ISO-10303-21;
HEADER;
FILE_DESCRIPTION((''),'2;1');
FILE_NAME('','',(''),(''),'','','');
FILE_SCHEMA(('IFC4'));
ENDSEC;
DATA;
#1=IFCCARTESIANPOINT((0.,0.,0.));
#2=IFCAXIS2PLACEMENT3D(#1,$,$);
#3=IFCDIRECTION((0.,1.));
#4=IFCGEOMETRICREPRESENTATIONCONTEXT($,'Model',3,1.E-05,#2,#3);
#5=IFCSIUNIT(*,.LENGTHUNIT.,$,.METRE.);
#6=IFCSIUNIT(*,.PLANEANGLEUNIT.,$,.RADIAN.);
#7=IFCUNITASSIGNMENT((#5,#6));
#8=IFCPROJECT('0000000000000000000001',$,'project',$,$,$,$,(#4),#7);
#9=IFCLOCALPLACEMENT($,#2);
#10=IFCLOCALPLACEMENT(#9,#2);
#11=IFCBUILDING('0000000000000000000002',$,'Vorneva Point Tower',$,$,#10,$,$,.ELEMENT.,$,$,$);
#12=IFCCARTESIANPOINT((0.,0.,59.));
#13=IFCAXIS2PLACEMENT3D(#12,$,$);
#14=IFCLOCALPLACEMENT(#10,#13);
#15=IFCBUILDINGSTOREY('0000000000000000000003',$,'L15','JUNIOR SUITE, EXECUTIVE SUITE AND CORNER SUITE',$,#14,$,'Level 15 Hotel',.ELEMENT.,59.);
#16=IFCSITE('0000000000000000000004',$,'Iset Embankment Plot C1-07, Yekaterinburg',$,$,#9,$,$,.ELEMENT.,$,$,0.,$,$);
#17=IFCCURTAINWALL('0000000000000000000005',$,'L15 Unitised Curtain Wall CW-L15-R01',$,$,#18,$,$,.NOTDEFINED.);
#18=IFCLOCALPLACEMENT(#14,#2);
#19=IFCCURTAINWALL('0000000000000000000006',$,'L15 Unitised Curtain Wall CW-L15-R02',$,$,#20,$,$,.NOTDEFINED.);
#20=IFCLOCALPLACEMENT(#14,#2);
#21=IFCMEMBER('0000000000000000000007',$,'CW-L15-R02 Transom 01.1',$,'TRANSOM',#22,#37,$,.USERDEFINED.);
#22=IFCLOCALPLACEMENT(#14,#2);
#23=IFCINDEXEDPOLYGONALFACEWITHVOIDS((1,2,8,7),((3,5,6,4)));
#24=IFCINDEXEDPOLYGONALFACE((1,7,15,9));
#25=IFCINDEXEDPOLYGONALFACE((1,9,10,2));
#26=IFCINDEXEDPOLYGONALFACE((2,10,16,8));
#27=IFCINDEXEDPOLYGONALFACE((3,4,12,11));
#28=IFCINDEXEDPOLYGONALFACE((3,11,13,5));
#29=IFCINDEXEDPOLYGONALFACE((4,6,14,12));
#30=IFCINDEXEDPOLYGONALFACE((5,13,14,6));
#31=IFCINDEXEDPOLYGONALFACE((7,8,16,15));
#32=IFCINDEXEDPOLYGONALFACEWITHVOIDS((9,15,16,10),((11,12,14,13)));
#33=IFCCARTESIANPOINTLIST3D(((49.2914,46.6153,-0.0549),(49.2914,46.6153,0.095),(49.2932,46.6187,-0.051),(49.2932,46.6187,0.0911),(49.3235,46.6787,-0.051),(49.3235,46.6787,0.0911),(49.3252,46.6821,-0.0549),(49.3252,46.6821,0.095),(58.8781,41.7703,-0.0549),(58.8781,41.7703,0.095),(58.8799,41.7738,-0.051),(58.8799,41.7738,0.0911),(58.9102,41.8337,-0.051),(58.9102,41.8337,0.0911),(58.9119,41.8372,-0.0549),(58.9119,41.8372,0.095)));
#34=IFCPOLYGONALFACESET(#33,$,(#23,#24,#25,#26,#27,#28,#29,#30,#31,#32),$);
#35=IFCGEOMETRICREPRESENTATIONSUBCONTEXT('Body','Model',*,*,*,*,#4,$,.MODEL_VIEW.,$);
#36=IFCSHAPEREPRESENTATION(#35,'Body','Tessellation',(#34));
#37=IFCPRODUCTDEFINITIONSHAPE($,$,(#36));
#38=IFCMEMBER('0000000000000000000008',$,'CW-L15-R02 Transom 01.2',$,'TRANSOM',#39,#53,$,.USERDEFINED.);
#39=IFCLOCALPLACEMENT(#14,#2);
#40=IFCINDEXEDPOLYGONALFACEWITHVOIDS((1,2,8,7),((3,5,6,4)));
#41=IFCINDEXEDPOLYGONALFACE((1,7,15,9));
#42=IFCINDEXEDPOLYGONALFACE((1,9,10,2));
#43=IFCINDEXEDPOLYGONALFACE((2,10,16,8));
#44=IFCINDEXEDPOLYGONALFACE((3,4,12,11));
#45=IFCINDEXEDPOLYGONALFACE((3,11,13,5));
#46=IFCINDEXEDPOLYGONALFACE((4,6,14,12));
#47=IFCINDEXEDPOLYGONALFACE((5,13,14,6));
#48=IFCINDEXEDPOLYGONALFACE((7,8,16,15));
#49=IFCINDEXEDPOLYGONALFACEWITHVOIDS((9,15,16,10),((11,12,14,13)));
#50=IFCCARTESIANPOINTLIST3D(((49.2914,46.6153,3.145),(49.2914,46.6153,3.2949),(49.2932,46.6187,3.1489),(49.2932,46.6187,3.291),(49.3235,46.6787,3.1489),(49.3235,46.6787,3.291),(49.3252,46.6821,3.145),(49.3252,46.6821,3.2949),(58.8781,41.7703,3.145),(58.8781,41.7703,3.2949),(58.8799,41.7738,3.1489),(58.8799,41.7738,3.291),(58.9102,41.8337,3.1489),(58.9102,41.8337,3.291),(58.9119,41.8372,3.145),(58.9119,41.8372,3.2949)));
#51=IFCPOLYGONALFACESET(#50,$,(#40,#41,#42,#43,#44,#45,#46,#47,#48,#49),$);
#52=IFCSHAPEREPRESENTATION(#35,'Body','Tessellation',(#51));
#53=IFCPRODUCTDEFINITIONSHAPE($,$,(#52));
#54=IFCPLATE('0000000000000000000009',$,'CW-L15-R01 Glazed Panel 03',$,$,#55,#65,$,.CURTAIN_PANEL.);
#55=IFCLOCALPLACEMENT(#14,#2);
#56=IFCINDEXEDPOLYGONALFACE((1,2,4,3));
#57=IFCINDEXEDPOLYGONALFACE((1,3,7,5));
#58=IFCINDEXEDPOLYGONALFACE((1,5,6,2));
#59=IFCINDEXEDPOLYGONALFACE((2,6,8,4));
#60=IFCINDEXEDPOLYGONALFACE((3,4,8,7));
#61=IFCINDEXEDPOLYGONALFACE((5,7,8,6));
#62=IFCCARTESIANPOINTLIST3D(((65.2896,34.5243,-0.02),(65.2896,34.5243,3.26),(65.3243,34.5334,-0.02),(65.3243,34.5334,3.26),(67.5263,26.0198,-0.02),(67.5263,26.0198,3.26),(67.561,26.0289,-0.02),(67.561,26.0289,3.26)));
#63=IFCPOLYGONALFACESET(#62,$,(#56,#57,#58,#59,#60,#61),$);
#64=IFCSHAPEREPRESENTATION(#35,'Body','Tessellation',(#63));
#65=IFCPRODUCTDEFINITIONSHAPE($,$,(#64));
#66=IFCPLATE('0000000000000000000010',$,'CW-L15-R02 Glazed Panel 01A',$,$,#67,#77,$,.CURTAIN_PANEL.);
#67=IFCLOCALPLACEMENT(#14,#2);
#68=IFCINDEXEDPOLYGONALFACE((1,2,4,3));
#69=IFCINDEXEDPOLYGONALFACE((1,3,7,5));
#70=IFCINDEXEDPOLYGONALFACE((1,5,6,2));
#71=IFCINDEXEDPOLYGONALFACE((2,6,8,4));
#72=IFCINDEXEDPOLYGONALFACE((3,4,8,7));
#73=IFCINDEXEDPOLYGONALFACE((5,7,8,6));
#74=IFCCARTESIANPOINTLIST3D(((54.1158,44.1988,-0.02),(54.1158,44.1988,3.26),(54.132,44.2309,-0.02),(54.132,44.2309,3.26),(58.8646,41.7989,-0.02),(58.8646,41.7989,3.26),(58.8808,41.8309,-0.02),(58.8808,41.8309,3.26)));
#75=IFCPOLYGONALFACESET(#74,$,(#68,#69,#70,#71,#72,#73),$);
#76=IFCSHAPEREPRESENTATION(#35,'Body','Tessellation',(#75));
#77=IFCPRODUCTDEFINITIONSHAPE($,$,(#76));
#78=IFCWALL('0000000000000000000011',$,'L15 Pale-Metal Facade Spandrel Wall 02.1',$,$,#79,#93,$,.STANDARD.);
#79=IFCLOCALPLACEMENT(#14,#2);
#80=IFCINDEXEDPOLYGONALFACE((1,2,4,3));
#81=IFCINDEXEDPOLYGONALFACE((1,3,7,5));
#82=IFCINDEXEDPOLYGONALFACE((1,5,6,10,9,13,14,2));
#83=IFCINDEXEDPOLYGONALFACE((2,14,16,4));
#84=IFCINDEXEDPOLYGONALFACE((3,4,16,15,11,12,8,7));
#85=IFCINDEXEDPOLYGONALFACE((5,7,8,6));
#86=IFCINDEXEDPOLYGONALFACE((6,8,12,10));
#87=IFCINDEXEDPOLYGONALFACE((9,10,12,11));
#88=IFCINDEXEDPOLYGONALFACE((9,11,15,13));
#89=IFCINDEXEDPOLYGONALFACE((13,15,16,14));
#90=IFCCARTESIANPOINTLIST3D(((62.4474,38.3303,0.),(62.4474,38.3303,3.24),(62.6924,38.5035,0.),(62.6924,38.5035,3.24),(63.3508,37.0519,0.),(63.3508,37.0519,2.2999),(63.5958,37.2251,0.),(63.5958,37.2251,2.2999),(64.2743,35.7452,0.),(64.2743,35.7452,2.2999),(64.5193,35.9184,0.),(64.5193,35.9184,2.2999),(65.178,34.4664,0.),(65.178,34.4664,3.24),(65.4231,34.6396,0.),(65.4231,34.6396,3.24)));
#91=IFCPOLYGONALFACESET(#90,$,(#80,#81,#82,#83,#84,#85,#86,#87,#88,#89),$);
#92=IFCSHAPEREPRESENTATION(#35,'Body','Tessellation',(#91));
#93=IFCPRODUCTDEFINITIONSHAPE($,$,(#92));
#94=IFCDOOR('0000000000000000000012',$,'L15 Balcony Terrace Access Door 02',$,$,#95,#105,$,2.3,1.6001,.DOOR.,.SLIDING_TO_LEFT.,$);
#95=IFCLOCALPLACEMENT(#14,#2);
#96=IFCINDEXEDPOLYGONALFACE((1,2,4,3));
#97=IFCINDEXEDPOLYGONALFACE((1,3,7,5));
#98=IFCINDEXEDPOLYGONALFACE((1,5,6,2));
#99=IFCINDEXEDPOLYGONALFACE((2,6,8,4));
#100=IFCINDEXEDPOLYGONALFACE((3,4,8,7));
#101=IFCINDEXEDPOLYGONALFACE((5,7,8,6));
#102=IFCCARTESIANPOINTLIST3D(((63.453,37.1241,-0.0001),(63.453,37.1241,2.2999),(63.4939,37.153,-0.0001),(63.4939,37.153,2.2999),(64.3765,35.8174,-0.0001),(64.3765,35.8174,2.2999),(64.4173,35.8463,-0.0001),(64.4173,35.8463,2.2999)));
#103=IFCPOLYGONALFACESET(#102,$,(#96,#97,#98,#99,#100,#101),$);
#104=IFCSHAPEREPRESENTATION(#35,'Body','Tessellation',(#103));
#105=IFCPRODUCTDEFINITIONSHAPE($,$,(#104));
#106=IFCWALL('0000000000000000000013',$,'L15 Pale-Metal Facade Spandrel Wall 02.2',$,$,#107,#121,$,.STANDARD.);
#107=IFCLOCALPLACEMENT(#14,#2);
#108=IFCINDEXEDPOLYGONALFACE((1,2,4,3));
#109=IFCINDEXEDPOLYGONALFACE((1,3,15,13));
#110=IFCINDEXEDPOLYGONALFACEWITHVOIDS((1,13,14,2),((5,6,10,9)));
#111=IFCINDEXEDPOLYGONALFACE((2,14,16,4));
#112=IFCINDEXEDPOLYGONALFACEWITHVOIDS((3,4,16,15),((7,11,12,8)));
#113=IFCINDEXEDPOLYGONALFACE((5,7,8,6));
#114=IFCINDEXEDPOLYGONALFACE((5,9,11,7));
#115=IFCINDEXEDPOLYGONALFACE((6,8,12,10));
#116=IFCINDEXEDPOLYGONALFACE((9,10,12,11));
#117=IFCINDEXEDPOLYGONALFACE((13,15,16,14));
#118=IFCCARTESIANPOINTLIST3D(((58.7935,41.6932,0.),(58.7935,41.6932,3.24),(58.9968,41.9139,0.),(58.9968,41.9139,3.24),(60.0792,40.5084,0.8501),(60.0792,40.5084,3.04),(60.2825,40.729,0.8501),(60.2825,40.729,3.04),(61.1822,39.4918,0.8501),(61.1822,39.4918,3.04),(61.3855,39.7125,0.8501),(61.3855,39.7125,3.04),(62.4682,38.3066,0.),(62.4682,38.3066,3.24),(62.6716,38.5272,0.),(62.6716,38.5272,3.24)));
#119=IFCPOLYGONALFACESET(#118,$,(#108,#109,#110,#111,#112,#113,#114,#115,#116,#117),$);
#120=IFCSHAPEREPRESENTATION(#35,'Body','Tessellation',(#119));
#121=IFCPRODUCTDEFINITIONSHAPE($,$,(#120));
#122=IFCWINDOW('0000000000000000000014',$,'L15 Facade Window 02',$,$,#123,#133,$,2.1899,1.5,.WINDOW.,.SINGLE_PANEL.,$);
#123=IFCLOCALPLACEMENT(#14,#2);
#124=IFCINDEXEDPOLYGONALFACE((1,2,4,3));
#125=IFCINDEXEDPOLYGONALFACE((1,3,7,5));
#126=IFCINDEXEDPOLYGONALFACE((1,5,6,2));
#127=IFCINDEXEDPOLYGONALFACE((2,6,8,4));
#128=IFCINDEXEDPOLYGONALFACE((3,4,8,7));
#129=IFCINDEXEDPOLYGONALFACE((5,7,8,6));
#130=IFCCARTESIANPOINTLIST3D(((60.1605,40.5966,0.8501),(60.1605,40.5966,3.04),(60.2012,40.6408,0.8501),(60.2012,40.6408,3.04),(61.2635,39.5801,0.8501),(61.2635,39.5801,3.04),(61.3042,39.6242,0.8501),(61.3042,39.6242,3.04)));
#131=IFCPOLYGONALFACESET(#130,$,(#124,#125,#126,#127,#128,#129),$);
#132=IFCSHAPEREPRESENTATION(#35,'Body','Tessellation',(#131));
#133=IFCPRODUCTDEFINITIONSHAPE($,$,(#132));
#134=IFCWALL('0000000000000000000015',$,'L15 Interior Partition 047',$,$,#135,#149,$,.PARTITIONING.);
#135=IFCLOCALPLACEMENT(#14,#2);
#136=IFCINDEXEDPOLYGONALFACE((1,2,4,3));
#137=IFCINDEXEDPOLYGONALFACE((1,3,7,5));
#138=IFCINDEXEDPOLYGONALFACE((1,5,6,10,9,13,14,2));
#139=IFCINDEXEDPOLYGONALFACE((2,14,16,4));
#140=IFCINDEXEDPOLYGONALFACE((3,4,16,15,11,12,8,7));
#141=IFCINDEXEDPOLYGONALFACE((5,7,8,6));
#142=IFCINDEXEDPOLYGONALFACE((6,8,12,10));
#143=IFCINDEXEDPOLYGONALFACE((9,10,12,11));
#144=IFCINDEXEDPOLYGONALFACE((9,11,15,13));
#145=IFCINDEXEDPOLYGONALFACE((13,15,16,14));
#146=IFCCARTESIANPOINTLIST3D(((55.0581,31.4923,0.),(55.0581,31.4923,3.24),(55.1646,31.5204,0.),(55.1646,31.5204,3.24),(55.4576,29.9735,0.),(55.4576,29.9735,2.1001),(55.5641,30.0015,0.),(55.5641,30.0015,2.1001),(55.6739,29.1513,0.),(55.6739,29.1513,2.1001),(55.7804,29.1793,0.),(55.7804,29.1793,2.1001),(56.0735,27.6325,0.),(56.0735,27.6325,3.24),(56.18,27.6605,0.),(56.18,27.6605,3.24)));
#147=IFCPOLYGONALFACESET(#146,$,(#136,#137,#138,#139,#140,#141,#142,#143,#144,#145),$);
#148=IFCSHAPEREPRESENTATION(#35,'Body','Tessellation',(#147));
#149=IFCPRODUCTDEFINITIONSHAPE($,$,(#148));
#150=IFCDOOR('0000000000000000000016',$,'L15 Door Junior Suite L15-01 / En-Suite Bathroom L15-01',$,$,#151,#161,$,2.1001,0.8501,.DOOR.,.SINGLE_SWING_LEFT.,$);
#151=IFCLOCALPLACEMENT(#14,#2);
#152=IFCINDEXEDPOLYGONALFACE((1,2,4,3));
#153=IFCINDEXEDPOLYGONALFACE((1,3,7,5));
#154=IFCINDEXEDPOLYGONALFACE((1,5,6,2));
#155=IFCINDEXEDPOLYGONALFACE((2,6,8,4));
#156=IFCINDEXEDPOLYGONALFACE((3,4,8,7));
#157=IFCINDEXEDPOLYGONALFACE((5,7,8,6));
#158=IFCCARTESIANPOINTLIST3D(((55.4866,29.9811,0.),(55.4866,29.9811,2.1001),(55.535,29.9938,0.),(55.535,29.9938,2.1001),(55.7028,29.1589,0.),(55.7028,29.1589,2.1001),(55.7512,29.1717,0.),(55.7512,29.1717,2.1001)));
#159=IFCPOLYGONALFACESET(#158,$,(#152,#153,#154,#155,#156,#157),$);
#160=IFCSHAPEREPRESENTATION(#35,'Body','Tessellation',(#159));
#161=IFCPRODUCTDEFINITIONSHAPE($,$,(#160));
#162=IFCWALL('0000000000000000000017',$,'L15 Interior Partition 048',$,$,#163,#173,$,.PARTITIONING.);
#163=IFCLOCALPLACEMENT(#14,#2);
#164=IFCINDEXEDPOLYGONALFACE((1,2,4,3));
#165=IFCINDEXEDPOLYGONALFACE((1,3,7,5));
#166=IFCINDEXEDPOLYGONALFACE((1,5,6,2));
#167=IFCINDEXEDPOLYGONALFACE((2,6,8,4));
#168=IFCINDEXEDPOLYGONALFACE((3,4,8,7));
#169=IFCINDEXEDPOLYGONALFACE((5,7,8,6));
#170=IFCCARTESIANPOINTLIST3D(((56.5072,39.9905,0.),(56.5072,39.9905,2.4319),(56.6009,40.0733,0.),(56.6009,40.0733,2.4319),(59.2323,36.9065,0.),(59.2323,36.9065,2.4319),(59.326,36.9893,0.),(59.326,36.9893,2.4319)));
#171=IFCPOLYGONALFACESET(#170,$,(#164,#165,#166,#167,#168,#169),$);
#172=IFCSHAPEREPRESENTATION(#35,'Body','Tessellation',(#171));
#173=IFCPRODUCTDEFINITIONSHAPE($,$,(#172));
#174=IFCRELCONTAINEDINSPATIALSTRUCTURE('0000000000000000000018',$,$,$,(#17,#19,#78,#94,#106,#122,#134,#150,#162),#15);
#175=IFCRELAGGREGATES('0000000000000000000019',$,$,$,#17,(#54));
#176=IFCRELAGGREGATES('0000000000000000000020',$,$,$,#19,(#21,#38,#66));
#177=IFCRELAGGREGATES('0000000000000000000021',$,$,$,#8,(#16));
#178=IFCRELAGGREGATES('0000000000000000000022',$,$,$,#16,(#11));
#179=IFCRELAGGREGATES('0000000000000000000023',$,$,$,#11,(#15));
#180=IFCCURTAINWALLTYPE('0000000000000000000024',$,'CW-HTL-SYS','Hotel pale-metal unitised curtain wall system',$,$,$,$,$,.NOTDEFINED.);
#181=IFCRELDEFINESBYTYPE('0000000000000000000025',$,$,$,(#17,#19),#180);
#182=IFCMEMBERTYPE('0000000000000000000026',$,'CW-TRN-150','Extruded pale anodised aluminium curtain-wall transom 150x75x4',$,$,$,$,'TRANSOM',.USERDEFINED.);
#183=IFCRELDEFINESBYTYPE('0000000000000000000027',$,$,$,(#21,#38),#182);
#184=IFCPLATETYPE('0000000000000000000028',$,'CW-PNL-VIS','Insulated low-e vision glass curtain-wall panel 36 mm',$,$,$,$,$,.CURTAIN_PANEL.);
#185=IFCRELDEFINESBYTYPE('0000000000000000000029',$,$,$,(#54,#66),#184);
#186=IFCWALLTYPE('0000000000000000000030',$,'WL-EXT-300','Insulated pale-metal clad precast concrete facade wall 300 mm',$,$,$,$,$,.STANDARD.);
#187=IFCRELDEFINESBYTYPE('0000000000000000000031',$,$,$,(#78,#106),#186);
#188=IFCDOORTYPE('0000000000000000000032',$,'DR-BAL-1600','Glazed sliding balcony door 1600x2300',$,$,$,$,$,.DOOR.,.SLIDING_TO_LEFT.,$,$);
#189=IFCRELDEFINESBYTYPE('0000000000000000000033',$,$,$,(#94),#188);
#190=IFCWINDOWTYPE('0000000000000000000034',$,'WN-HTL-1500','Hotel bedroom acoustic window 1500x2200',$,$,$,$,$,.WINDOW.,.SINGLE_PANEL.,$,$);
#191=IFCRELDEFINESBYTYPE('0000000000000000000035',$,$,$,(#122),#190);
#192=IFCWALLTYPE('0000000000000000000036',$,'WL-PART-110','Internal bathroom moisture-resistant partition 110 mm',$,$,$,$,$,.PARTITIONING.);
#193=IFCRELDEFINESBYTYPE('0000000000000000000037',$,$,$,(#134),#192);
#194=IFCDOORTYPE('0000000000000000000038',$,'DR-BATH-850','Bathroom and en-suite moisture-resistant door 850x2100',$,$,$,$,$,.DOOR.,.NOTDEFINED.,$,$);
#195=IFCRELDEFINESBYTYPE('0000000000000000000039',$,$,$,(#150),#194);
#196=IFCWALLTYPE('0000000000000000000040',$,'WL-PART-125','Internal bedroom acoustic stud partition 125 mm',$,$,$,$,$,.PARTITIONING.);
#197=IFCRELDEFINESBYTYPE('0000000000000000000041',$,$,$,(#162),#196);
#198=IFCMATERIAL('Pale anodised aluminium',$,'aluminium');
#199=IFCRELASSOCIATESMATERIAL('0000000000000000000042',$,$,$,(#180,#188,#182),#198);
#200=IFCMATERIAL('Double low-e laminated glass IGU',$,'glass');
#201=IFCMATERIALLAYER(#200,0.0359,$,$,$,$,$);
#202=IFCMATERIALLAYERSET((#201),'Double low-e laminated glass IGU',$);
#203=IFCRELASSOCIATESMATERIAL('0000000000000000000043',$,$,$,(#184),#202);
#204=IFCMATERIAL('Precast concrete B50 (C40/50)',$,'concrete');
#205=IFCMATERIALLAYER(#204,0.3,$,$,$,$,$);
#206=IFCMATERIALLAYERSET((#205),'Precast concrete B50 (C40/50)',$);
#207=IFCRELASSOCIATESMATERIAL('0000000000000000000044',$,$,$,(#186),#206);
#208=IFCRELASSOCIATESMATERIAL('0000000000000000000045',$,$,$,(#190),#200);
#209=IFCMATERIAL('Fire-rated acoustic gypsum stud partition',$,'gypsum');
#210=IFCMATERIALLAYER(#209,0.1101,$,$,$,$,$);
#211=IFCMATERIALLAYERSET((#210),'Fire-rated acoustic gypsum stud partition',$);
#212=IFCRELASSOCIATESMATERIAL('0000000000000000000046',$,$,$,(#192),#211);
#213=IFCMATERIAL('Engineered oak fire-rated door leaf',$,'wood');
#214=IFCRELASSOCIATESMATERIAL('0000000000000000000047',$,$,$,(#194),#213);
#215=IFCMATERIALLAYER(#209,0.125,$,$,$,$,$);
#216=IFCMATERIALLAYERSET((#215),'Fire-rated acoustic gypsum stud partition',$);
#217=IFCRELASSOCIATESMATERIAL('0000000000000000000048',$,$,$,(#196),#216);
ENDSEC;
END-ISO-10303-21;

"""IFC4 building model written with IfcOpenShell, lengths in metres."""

from ifc_helpers import new_model, si_unit, direction, frame, frame_2d, origin, origin_2d, place, context, subcontext, project, spatial, rectangle, hollow_rectangle, extrude, material, layer, layer_set, material_profile, profile_set, type_object, element, fill, aggregate, save


model = new_model("IFC4")

# Units and contexts
model_context = context("Model", 3, precision=1e-05, world=origin(), true_north=direction((0.0, 1.0)))
body_context = subcontext(model_context, "Body", "Model", "MODEL_VIEW")
ifc_project = project(units=[si_unit("LENGTHUNIT", "METRE"), si_unit("PLANEANGLEUNIT", "RADIAN")], contexts=[model_context])

# Site, building, storey
site_placement = place(None, origin())
site = spatial("IfcSite", under=ifc_project, at=site_placement, Name="Iset Embankment Plot C1-07, Yekaterinburg", CompositionType="ELEMENT", RefElevation=0.0)
building_placement = place(site_placement, origin())
building = spatial("IfcBuilding", under=site, at=building_placement, Name="Vorneva Point Tower", CompositionType="ELEMENT")
storey_placement = place(building_placement, frame((0.0, 0.0, 59.0)))
storey = spatial("IfcBuildingStorey", under=building, at=storey_placement, Name="L15", Description="JUNIOR SUITE, EXECUTIVE SUITE AND CORNER SUITE", LongName="Level 15 Hotel", CompositionType="ELEMENT", Elevation=59.0)

# Curtain wall
ifc_material_1 = material(Name="Pale anodised aluminium", Category="aluminium")
curtain_wall_type = type_object("IfcCurtainWallType", Name="CW-HTL-SYS", Description="Hotel pale-metal unitised curtain wall system", PredefinedType="NOTDEFINED", material=ifc_material_1)
curtain_wall_1_placement = place(storey_placement, origin())
curtain_wall_1 = element("IfcCurtainWall", 1, at=curtain_wall_1_placement, inside=storey, type_object=curtain_wall_type, Name="L15 Unitised Curtain Wall CW-L15-R01", PredefinedType="NOTDEFINED")

# Curtain wall, members
curtain_wall_2_placement = place(storey_placement, origin())
curtain_wall_2 = element("IfcCurtainWall", 2, at=curtain_wall_2_placement, inside=storey, type_object=curtain_wall_type, Name="L15 Unitised Curtain Wall CW-L15-R02", PredefinedType="NOTDEFINED")
ifc_material_profile_1 = material_profile(ifc_material_1, hollow_rectangle(XDim=0.075, YDim=0.1499, WallThickness=0.0039, at=origin_2d()), Name="AL-TRN 150x75x4")
ifc_profile_set_1 = profile_set([ifc_material_profile_1], Name="Pale anodised aluminium")
member_type_1 = type_object("IfcMemberType", Name="CW-TRN-150", Description="Extruded pale anodised aluminium curtain-wall transom 150x75x4", ElementType="TRANSOM", PredefinedType="USERDEFINED", material=ifc_profile_set_1)
member_1_placement = place(storey_placement, frame((58.895, 41.8037, 0.02), z_axis=(-0.892496, 0.451055, 0.0), x_axis=(-0.451055, -0.892496, 0.0)))
member_1 = element("IfcMember", 3, at=member_1_placement, type_object=member_type_1, Name="CW-L15-R02 Transom 01.1", ObjectType="TRANSOM", PredefinedType="USERDEFINED", context=body_context, shape_type="SweptSolid", body=[
    extrude(hollow_rectangle(XDim=0.075, YDim=0.1499, WallThickness=0.0039, at=origin_2d()), origin(), (0.0, 0.0, 1.0), 10.7415),
])
member_2_placement = place(storey_placement, frame((58.895, 41.8037, 3.22), z_axis=(-0.892496, 0.451055, 0.0), x_axis=(-0.451055, -0.892496, 0.0)))
member_2 = element("IfcMember", 4, at=member_2_placement, type_object=member_type_1, Name="CW-L15-R02 Transom 01.2", ObjectType="TRANSOM", PredefinedType="USERDEFINED", context=body_context, shape_type="SweptSolid", body=[
    extrude(hollow_rectangle(XDim=0.075, YDim=0.1499, WallThickness=0.0039, at=origin_2d()), origin(), (0.0, 0.0, 1.0), 10.7415),
])

# Plates
ifc_material_2 = material(Name="Double low-e laminated glass IGU", Category="glass")
ifc_layer_1 = layer(ifc_material_2, 0.0359)
ifc_layer_set_1 = layer_set([ifc_layer_1], Name="Double low-e laminated glass IGU")
plate_type = type_object("IfcPlateType", Name="CW-PNL-VIS", Description="Insulated low-e vision glass curtain-wall panel 36 mm", PredefinedType="CURTAIN_PANEL", material=ifc_layer_set_1)
plate_1_placement = place(storey_placement, frame((66.4253, 30.2766, -0.02), z_axis=(0.0, 0.0, 1.0), x_axis=(-0.254349, 0.967113, 0.0)))
plate_1 = element("IfcPlate", 5, at=plate_1_placement, type_object=plate_type, Name="CW-L15-R01 Glazed Panel 03", PredefinedType="CURTAIN_PANEL", context=body_context, shape_type="SweptSolid", body=[
    extrude(rectangle(XDim=8.7937, YDim=0.0359, at=origin_2d()), origin(), (0.0, 0.0, 1.0), 3.28),
])
aggregate(curtain_wall_1, [plate_1])
plate_2_placement = place(storey_placement, frame((56.4983, 43.0149, -0.02), z_axis=(0.0, 0.0, 1.0), x_axis=(-0.892499, 0.451049, 0.0)))
plate_2 = element("IfcPlate", 6, at=plate_2_placement, type_object=plate_type, Name="CW-L15-R02 Glazed Panel 01A", PredefinedType="CURTAIN_PANEL", context=body_context, shape_type="SweptSolid", body=[
    extrude(rectangle(XDim=5.3208, YDim=0.0359, at=origin_2d()), origin(), (0.0, 0.0, 1.0), 3.28),
])
aggregate(curtain_wall_2, [member_1, member_2, plate_2])

# Wall, opening, door
ifc_material_3 = material(Name="Precast concrete B50 (C40/50)", Category="concrete")
ifc_layer_2 = layer(ifc_material_3, 0.3)
ifc_layer_set_2 = layer_set([ifc_layer_2], Name="Precast concrete B50 (C40/50)")
wall_type_1 = type_object("IfcWallType", Name="WL-EXT-300", Description="Insulated pale-metal clad precast concrete facade wall 300 mm", PredefinedType="STANDARD", material=ifc_layer_set_2)
wall_1_placement = place(storey_placement, frame((65.3005, 34.553, 0.0), z_axis=(0.0, 0.0, 1.0), x_axis=(-0.577131, 0.816652, 0.0)))
wall_1 = element("IfcWall", 7, at=wall_1_placement, inside=storey, type_object=wall_type_1, Name="L15 Pale-Metal Facade Spandrel Wall 02.1", PredefinedType="STANDARD", context=body_context, shape_type="SweptSolid", body=[
    extrude(rectangle(XDim=4.7314, YDim=0.3, at=frame_2d((2.3657, 0.0))), origin(), (0.0, 0.0, 1.0), 3.24),
])
opening_1_placement = place(wall_1_placement, frame((1.5659, 0.0, 0.0)))
opening_1 = element("IfcOpeningElement", 8, at=opening_1_placement, cuts=wall_1, PredefinedType="OPENING", context=body_context, shape_type="SweptSolid", body=[
    extrude(rectangle(XDim=1.6001, YDim=2.3, at=frame_2d((0.8, 1.1499))), frame((0.0, 0.165, 0.0), z_axis=(0.0, -1.0, 0.0), x_axis=(1.0, 0.0, 0.0)), (0.0, 0.0, 1.0), 0.3298),
])
door_type_1 = type_object("IfcDoorType", Name="DR-BAL-1600", Description="Glazed sliding balcony door 1600x2300", OperationType="SLIDING_TO_LEFT", PredefinedType="DOOR", material=ifc_material_1)
door_1_placement = place(opening_1_placement, origin())
door_1 = element("IfcDoor", 9, at=door_1_placement, inside=storey, type_object=door_type_1, Name="L15 Balcony Terrace Access Door 02", OperationType="SLIDING_TO_LEFT", OverallHeight=2.3, OverallWidth=1.6001, PredefinedType="DOOR", context=body_context, shape_type="SweptSolid", body=[
    extrude(rectangle(XDim=1.6001, YDim=2.3, at=frame_2d((0.8, 1.1499))), frame((0.0, 0.0249, 0.0), z_axis=(0.0, -1.0, 0.0), x_axis=(1.0, 0.0, 0.0)), (0.0, 0.0, 1.0), 0.05),
])
fill(opening_1, door_1)

# Wall, opening, window
wall_2_placement = place(storey_placement, frame((62.5698, 38.417, 0.0), z_axis=(0.0, 0.0, 1.0), x_axis=(-0.735343, 0.677696, 0.0)))
wall_2 = element("IfcWall", 10, at=wall_2_placement, inside=storey, type_object=wall_type_1, Name="L15 Pale-Metal Facade Spandrel Wall 02.2", PredefinedType="STANDARD", context=body_context, shape_type="SweptSolid", body=[
    extrude(rectangle(XDim=4.9973, YDim=0.3, at=frame_2d((2.4985, 0.0))), origin(), (0.0, 0.0, 1.0), 3.24),
])
opening_2_placement = place(wall_2_placement, frame((1.7488, 0.0, 0.8501)))
opening_2 = element("IfcOpeningElement", 11, at=opening_2_placement, cuts=wall_2, PredefinedType="OPENING", context=body_context, shape_type="SweptSolid", body=[
    extrude(rectangle(XDim=1.5, YDim=2.1899, at=frame_2d((0.75, 1.095))), frame((0.0, 0.165, 0.0), z_axis=(0.0, -1.0, 0.0), x_axis=(1.0, 0.0, 0.0)), (0.0, 0.0, 1.0), 0.3298),
])
window_type = type_object("IfcWindowType", Name="WN-HTL-1500", Description="Hotel bedroom acoustic window 1500x2200", PartitioningType="SINGLE_PANEL", PredefinedType="WINDOW", material=ifc_material_2)
window_placement = place(opening_2_placement, origin())
window = element("IfcWindow", 12, at=window_placement, inside=storey, type_object=window_type, Name="L15 Facade Window 02", OverallHeight=2.1899, OverallWidth=1.5, PartitioningType="SINGLE_PANEL", PredefinedType="WINDOW", context=body_context, shape_type="SweptSolid", body=[
    extrude(rectangle(XDim=1.5, YDim=2.1899, at=frame_2d((0.75, 1.095))), frame((0.0, 0.03, 0.0), z_axis=(0.0, -1.0, 0.0), x_axis=(1.0, 0.0, 0.0)), (0.0, 0.0, 1.0), 0.0601),
])
fill(opening_2, window)

# Wall, opening, door
ifc_material_4 = material(Name="Fire-rated acoustic gypsum stud partition", Category="gypsum")
ifc_layer_3 = layer(ifc_material_4, 0.1101)
ifc_layer_set_3 = layer_set([ifc_layer_3], Name="Fire-rated acoustic gypsum stud partition")
wall_type_2 = type_object("IfcWallType", Name="WL-PART-110", Description="Internal bathroom moisture-resistant partition 110 mm", PredefinedType="PARTITIONING", material=ifc_layer_set_3)
wall_3_placement = place(storey_placement, frame((55.1113, 31.5063, 0.0), z_axis=(0.0, 0.0, 1.0), x_axis=(0.254406, -0.967098, 0.0)))
wall_3 = element("IfcWall", 13, at=wall_3_placement, inside=storey, type_object=wall_type_2, Name="L15 Interior Partition 047", PredefinedType="PARTITIONING", context=body_context, shape_type="SweptSolid", body=[
    extrude(rectangle(XDim=3.9912, YDim=0.1101, at=frame_2d((1.9956, 0.0))), origin(), (0.0, 0.0, 1.0), 3.24),
])
opening_3_placement = place(wall_3_placement, frame((1.5706, 0.0, 0.0)))
opening_3 = element("IfcOpeningElement", 14, at=opening_3_placement, cuts=wall_3, PredefinedType="OPENING", context=body_context, shape_type="SweptSolid", body=[
    extrude(rectangle(XDim=0.8501, YDim=2.1001, at=frame_2d((0.425, 1.05))), frame((0.0, 0.0698, 0.0), z_axis=(0.0, -1.0, 0.0), x_axis=(1.0, 0.0, 0.0)), (0.0, 0.0, 1.0), 0.1399),
])
ifc_material_5 = material(Name="Engineered oak fire-rated door leaf", Category="wood")
door_type_2 = type_object("IfcDoorType", Name="DR-BATH-850", Description="Bathroom and en-suite moisture-resistant door 850x2100", OperationType="NOTDEFINED", PredefinedType="DOOR", material=ifc_material_5)
door_2_placement = place(opening_3_placement, origin())
door_2 = element("IfcDoor", 15, at=door_2_placement, inside=storey, type_object=door_type_2, Name="L15 Door Junior Suite L15-01 / En-Suite Bathroom L15-01", OperationType="SINGLE_SWING_LEFT", OverallHeight=2.1001, OverallWidth=0.8501, PredefinedType="DOOR", context=body_context, shape_type="SweptSolid", body=[
    extrude(rectangle(XDim=0.8501, YDim=2.1001, at=frame_2d((0.425, 1.05))), frame((0.0, 0.0249, 0.0), z_axis=(0.0, -1.0, 0.0), x_axis=(1.0, 0.0, 0.0)), (0.0, 0.0, 1.0), 0.05),
])
fill(opening_3, door_2)

# Wall
ifc_layer_4 = layer(ifc_material_4, 0.125)
ifc_layer_set_4 = layer_set([ifc_layer_4], Name="Fire-rated acoustic gypsum stud partition")
wall_type_3 = type_object("IfcWallType", Name="WL-PART-125", Description="Internal bedroom acoustic stud partition 125 mm", PredefinedType="PARTITIONING", material=ifc_layer_set_4)
wall_4_placement = place(storey_placement, frame((59.2791, 36.948, 0.0), z_axis=(0.0, 0.0, 1.0), x_axis=(-0.662159, 0.749363, 0.0)))
element("IfcWall", 16, at=wall_4_placement, inside=storey, type_object=wall_type_3, Name="L15 Interior Partition 048", PredefinedType="PARTITIONING", context=body_context, shape_type="SweptSolid", body=[
    extrude(rectangle(XDim=4.1155, YDim=0.125, at=frame_2d((2.0576, 0.0))), origin(), (0.0, 0.0, 1.0), 2.4319),
])

save(model, "model.ifc")
